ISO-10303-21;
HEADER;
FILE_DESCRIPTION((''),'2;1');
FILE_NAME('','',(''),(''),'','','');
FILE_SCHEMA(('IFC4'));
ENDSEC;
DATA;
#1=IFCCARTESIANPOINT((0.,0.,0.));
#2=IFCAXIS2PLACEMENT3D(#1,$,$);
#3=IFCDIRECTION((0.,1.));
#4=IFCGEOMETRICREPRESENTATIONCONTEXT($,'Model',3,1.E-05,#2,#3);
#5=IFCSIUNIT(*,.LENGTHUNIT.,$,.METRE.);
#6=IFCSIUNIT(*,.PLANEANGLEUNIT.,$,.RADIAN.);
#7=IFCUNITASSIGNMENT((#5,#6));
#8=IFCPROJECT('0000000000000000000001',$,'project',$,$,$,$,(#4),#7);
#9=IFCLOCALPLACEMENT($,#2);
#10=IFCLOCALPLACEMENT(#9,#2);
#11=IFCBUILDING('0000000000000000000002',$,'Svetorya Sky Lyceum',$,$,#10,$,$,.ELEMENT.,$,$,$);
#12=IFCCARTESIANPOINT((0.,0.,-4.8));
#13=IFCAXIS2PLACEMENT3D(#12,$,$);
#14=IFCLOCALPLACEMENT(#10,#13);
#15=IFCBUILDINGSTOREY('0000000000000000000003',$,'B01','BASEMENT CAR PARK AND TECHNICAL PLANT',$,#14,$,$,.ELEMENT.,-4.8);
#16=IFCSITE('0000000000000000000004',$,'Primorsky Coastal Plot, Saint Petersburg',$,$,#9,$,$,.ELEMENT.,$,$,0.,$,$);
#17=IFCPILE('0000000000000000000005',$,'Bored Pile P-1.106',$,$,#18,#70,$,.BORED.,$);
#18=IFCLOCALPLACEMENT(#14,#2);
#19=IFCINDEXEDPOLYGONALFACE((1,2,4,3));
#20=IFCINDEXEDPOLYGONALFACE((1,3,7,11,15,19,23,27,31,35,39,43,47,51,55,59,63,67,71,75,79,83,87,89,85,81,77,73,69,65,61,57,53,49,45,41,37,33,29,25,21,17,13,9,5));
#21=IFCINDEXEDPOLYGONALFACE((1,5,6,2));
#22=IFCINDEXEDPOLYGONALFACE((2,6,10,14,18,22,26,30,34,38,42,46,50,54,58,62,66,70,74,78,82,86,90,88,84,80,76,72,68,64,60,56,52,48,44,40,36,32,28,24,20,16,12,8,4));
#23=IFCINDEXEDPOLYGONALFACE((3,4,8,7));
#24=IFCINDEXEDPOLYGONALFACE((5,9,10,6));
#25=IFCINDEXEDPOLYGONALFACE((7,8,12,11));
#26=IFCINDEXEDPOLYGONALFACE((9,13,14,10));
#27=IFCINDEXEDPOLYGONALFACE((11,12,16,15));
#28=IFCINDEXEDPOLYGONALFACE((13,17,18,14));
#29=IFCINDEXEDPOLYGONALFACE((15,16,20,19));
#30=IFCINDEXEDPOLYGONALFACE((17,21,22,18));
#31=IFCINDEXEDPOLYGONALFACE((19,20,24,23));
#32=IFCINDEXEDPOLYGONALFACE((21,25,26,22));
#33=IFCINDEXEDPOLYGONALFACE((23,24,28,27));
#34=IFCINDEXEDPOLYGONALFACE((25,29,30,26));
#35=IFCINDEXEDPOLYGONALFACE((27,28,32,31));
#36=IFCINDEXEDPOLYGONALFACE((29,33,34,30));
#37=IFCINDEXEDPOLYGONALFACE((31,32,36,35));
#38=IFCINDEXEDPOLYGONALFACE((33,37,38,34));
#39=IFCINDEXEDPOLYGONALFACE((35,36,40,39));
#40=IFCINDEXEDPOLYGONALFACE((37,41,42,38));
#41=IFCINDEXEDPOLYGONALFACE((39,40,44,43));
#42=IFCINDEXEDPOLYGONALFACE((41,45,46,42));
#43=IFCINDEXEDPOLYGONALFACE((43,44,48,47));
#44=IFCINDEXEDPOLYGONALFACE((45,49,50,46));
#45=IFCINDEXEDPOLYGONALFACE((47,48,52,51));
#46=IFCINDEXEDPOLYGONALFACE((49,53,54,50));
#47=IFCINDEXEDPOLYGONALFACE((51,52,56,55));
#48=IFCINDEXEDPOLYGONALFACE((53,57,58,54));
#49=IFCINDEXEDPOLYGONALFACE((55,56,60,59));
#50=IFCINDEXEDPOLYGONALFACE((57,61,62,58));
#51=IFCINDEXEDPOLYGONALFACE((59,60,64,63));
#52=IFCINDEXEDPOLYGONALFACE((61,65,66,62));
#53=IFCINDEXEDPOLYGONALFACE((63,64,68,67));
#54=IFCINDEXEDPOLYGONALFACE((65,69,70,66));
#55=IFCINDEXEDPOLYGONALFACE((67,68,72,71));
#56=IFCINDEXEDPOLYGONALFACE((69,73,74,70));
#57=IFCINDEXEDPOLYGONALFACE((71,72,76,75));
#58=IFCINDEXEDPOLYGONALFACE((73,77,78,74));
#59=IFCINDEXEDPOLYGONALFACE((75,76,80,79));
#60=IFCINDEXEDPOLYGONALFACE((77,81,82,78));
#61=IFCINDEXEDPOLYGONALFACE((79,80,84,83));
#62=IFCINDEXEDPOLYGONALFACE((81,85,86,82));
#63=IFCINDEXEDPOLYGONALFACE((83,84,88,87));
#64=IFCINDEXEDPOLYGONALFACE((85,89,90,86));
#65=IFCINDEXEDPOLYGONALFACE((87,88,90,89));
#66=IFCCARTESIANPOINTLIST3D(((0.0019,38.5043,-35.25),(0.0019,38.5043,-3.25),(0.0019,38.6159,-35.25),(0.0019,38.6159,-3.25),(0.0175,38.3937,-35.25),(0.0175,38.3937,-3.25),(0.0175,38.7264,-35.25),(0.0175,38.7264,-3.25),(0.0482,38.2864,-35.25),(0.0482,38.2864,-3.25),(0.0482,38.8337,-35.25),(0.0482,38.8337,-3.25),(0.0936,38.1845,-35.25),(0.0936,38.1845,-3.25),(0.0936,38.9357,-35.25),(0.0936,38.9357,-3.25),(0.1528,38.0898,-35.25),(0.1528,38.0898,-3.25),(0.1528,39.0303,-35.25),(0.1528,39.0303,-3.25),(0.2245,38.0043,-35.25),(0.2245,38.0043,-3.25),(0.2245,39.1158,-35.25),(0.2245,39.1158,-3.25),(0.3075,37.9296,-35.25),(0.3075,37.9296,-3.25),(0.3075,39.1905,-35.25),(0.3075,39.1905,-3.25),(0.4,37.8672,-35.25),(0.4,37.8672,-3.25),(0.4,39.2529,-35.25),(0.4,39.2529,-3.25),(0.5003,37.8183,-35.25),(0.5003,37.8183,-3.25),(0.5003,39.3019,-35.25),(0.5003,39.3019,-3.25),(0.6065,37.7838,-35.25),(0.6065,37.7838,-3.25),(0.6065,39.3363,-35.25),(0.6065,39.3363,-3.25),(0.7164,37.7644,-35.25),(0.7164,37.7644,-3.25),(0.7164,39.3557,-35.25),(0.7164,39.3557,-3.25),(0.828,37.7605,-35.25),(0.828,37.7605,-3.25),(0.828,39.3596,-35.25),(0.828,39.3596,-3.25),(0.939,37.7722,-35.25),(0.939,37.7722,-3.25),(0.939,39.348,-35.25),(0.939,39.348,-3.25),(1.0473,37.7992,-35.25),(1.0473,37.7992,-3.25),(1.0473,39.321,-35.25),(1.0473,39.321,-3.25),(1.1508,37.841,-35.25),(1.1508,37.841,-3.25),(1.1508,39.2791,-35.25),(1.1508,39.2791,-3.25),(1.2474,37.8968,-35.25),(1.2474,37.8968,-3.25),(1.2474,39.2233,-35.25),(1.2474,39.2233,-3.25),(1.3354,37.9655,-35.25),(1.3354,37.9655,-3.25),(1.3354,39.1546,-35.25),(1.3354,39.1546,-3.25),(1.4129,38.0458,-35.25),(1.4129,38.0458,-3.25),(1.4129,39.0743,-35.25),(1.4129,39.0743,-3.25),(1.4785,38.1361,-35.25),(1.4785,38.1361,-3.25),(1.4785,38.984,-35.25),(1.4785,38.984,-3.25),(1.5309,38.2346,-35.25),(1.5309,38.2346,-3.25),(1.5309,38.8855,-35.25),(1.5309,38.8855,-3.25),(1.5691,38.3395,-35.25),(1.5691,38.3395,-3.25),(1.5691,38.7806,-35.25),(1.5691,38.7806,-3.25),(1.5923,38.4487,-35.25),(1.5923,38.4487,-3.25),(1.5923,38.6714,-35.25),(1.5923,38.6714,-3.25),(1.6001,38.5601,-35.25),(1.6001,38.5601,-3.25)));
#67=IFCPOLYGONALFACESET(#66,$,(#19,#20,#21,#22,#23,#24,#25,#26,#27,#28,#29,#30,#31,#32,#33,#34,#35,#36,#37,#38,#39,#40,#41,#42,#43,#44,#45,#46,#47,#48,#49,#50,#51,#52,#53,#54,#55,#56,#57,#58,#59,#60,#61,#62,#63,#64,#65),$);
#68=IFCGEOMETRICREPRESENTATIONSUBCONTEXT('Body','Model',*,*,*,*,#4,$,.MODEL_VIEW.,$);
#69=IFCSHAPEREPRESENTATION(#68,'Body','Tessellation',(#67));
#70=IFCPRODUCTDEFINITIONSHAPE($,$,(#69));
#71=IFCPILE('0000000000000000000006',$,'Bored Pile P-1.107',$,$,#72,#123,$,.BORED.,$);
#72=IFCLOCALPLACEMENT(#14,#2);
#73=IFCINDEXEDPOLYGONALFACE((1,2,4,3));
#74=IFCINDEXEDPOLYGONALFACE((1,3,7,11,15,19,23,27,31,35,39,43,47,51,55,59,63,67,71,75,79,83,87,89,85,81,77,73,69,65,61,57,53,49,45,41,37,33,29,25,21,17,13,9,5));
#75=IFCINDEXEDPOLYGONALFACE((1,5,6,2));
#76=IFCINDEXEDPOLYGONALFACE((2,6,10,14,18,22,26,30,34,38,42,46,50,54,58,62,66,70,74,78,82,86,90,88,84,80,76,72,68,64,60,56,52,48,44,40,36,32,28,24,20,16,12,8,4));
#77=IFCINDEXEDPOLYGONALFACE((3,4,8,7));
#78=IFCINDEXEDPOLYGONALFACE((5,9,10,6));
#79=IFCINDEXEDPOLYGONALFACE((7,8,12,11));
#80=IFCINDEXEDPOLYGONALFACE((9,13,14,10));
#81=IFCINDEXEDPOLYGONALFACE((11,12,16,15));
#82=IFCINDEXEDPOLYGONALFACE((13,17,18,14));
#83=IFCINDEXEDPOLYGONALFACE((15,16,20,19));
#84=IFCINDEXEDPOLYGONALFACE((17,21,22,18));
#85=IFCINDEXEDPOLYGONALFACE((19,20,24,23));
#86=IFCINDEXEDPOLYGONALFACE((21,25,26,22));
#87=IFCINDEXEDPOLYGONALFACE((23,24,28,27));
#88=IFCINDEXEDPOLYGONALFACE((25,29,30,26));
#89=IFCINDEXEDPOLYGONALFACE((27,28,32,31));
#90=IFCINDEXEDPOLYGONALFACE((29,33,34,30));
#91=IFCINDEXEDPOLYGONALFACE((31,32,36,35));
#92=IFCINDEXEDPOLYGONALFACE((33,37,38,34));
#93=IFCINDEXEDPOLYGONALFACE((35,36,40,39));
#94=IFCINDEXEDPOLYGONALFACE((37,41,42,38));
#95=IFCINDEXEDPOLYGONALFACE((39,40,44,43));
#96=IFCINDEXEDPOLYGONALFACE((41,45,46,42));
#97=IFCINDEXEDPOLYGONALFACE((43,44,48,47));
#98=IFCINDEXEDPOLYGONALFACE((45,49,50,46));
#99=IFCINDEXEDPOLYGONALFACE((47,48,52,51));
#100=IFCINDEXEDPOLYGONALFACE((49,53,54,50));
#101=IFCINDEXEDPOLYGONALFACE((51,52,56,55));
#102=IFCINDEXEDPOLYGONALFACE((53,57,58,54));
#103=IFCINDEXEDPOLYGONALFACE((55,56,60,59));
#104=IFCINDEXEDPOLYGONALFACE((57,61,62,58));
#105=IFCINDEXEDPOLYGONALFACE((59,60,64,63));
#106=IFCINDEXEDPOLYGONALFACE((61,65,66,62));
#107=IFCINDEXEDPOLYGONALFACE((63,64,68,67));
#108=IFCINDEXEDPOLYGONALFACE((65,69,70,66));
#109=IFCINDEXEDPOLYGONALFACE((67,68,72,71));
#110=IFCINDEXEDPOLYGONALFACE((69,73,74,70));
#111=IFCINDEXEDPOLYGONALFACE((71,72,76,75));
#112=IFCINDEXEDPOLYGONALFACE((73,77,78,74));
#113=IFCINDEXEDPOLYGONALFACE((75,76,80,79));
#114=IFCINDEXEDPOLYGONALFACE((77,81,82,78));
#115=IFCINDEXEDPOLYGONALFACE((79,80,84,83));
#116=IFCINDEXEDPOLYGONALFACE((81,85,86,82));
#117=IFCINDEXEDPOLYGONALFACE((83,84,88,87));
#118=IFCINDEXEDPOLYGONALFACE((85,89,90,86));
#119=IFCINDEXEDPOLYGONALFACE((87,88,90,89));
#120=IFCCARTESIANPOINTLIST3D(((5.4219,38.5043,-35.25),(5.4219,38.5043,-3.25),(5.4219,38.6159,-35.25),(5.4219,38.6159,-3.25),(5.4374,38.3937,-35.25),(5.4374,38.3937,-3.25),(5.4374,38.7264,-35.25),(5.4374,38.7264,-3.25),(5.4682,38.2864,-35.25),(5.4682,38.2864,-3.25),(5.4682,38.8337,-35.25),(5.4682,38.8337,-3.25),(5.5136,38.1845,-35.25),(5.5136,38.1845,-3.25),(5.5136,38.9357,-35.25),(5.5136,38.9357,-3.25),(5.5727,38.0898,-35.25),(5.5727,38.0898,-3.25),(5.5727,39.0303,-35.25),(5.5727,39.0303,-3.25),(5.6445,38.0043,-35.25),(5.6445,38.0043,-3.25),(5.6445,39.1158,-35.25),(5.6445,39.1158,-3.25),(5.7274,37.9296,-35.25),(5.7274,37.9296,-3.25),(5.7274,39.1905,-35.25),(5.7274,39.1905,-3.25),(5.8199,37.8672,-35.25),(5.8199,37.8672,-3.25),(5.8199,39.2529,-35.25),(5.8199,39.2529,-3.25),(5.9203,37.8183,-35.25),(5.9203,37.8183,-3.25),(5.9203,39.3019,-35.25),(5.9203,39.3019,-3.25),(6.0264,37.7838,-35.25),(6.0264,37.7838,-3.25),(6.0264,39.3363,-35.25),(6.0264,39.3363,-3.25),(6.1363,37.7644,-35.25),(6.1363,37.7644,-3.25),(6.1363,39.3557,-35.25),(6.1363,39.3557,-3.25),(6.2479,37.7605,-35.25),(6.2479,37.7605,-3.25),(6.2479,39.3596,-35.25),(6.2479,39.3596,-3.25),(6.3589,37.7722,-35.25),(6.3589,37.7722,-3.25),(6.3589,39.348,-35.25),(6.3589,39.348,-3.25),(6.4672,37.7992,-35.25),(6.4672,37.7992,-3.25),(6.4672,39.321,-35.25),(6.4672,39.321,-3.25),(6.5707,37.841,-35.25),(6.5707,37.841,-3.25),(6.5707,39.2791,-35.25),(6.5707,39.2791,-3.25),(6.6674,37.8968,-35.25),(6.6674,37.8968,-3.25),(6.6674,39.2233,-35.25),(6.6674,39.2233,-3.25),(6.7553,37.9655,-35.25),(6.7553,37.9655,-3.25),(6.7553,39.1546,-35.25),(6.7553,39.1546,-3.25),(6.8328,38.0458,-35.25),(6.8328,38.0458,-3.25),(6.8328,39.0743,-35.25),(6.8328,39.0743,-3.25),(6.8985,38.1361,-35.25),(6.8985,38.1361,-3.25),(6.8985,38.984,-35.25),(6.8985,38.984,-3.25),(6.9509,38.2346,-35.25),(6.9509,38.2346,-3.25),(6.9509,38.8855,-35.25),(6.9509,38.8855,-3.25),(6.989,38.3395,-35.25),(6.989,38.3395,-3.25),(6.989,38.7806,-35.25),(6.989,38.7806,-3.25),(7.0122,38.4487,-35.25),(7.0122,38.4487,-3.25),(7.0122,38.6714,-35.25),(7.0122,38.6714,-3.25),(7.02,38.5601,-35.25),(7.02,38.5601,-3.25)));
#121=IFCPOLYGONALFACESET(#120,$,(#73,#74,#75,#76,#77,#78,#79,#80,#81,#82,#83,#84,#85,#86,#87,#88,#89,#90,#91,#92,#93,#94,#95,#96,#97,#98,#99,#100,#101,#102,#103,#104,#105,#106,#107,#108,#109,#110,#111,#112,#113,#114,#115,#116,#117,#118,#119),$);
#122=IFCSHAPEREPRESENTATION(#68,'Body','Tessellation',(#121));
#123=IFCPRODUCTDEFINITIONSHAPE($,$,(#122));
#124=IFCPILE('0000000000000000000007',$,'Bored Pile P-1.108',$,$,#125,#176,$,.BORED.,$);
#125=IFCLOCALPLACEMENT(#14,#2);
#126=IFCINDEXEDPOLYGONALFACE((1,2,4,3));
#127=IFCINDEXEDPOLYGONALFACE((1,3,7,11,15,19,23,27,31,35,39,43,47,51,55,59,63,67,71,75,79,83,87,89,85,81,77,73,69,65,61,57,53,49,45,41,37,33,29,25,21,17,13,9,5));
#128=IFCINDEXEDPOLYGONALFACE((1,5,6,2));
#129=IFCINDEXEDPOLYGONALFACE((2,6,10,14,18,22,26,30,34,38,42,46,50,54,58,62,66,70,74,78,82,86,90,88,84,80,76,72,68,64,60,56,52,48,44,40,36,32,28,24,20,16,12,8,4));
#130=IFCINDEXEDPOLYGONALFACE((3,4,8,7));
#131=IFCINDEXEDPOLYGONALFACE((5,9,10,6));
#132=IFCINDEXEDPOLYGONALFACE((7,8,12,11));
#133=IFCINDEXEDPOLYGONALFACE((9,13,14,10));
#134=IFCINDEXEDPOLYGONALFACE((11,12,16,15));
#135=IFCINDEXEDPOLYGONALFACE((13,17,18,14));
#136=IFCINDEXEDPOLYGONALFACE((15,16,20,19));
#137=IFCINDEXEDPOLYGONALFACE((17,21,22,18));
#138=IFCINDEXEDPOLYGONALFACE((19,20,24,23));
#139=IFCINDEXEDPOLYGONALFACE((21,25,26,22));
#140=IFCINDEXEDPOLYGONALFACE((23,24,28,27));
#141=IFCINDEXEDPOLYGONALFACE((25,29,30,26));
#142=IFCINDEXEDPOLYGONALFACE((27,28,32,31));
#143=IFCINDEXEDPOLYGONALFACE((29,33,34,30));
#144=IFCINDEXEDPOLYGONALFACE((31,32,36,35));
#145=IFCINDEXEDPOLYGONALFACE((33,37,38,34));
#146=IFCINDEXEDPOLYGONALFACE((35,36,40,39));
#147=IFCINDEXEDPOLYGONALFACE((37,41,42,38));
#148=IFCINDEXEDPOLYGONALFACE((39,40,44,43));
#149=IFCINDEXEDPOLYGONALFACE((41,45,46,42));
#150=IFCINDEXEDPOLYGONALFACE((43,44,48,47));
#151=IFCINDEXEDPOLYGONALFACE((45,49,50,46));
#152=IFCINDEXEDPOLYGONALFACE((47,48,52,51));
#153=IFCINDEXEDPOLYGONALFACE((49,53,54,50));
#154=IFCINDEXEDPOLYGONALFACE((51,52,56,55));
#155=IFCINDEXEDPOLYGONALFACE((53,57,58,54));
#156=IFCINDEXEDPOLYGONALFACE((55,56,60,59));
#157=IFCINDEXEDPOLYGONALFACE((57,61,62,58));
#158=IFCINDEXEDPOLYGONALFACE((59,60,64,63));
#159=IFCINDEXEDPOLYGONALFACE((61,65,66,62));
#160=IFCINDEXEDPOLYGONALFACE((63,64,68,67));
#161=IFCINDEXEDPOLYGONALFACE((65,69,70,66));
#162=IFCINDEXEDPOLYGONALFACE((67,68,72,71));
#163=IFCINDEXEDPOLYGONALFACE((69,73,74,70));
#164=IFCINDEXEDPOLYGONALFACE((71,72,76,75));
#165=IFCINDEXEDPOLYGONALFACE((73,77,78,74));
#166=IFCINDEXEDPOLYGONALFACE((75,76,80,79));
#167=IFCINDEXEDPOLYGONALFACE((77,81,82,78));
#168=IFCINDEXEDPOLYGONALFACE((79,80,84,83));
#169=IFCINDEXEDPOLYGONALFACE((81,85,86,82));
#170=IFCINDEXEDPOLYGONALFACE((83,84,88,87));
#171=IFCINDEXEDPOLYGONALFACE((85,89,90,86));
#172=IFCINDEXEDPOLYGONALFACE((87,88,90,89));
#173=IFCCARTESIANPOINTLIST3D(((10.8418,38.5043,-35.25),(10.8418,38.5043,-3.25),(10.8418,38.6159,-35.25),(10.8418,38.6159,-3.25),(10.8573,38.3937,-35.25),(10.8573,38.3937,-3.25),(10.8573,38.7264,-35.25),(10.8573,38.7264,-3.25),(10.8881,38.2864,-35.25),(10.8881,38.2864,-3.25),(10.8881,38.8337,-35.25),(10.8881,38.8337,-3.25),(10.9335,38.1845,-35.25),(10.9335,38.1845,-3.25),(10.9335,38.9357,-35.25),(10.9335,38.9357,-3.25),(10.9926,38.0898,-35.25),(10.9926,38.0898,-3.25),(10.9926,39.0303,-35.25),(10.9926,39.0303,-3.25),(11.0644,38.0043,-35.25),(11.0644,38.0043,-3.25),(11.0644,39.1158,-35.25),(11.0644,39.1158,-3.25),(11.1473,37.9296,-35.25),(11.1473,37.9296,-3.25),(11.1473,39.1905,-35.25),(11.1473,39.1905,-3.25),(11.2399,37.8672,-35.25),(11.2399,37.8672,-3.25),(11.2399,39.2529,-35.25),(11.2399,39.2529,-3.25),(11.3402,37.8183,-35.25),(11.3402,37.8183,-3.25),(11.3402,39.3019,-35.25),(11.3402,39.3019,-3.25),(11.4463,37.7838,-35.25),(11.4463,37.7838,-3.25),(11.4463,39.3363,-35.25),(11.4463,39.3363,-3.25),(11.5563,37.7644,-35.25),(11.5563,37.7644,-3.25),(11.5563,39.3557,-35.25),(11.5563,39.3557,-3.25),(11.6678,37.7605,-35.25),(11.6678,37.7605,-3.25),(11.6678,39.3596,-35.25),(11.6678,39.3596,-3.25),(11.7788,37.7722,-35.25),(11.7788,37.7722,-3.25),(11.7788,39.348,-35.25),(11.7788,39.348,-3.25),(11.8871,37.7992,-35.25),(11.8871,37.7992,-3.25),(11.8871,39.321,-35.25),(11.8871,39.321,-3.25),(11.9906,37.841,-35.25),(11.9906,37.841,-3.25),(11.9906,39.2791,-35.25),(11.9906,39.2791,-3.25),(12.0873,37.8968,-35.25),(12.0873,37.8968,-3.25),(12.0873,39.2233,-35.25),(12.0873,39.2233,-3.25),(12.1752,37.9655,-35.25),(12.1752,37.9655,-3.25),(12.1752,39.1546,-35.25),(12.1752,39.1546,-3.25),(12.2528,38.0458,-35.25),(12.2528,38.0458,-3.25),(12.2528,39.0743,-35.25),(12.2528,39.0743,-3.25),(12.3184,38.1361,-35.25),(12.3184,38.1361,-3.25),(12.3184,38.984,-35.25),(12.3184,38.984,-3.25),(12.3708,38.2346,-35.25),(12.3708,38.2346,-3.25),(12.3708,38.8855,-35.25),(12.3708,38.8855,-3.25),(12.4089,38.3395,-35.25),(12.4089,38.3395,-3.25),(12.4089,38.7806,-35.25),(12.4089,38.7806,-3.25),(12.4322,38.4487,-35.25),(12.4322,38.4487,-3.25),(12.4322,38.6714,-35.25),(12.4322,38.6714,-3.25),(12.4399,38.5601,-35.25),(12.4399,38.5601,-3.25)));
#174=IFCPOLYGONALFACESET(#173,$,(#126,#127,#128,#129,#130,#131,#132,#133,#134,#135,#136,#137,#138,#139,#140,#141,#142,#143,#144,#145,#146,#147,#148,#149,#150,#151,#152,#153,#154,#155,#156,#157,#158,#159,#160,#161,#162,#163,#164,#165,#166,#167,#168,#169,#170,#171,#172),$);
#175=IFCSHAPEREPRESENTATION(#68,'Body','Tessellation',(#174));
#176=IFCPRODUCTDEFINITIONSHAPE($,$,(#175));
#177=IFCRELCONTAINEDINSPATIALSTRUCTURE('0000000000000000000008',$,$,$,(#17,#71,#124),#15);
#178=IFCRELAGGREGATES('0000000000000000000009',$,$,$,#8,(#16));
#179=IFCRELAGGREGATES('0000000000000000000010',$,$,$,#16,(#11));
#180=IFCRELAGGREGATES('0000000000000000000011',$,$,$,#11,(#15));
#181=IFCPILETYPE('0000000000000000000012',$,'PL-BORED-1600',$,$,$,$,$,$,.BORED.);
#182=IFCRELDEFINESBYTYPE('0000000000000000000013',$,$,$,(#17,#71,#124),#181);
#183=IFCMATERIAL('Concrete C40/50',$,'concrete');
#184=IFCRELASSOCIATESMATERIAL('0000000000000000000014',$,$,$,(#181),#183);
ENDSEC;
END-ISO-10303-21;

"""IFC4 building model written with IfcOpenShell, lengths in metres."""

from ifc_helpers import new_model, si_unit, direction, frame, origin, origin_2d, place, context, subcontext, project, spatial, circle, extrude, material, material_profile, profile_set, type_object, element, save


model = new_model("IFC4")

# Units and contexts
model_context = context("Model", 3, precision=1e-05, world=origin(), true_north=direction((0.0, 1.0)))
body_context = subcontext(model_context, "Body", "Model", "MODEL_VIEW")
ifc_project = project(units=[si_unit("LENGTHUNIT", "METRE"), si_unit("PLANEANGLEUNIT", "RADIAN")], contexts=[model_context])

# Site, building, storey
site_placement = place(None, origin())
site = spatial("IfcSite", under=ifc_project, at=site_placement, Name="Primorsky Coastal Plot, Saint Petersburg", CompositionType="ELEMENT", RefElevation=0.0)
building_placement = place(site_placement, origin())
building = spatial("IfcBuilding", under=site, at=building_placement, Name="Svetorya Sky Lyceum", CompositionType="ELEMENT")
storey_placement = place(building_placement, frame((0.0, 0.0, -4.8)))
storey = spatial("IfcBuildingStorey", under=building, at=storey_placement, Name="B01", Description="BASEMENT CAR PARK AND TECHNICAL PLANT", CompositionType="ELEMENT", Elevation=-4.8)

# Piles
ifc_material_1 = material(Name="Concrete C40/50", Category="concrete")
ifc_material_profile_1 = material_profile(ifc_material_1, circle(Radius=0.8, at=origin_2d()), Name="RC PILE D1600")
ifc_profile_set_1 = profile_set([ifc_material_profile_1], Name="Concrete C40/50")
pile_type = type_object("IfcPileType", Name="PL-BORED-1600", PredefinedType="BORED", material=ifc_profile_set_1)
for number, where, z_axis, x_axis, name in (
    (1, (0.8, 38.5601, -3.25), (0.0, 0.0, -1.0), (1.0, 0.0, 0.0), "Bored Pile P-1.106"),
    (2, (6.22, 38.5601, -3.25), (0.0, 0.0, -1.0), (1.0, 0.0, 0.0), "Bored Pile P-1.107"),
    (3, (11.6399, 38.5601, -3.25), (0.0, 0.0, -1.0), (1.0, 0.0, 0.0), "Bored Pile P-1.108"),
):
    element("IfcPile", number, at=place(storey_placement, frame(where, z_axis=z_axis, x_axis=x_axis)), inside=storey, type_object=pile_type, Name=name, PredefinedType="BORED", context=body_context, shape_type="SweptSolid", body=[
        extrude(circle(Radius=0.8, at=origin_2d()), origin(), (0.0, 0.0, 1.0), 32.0),
    ])

save(model, "model.ifc")
